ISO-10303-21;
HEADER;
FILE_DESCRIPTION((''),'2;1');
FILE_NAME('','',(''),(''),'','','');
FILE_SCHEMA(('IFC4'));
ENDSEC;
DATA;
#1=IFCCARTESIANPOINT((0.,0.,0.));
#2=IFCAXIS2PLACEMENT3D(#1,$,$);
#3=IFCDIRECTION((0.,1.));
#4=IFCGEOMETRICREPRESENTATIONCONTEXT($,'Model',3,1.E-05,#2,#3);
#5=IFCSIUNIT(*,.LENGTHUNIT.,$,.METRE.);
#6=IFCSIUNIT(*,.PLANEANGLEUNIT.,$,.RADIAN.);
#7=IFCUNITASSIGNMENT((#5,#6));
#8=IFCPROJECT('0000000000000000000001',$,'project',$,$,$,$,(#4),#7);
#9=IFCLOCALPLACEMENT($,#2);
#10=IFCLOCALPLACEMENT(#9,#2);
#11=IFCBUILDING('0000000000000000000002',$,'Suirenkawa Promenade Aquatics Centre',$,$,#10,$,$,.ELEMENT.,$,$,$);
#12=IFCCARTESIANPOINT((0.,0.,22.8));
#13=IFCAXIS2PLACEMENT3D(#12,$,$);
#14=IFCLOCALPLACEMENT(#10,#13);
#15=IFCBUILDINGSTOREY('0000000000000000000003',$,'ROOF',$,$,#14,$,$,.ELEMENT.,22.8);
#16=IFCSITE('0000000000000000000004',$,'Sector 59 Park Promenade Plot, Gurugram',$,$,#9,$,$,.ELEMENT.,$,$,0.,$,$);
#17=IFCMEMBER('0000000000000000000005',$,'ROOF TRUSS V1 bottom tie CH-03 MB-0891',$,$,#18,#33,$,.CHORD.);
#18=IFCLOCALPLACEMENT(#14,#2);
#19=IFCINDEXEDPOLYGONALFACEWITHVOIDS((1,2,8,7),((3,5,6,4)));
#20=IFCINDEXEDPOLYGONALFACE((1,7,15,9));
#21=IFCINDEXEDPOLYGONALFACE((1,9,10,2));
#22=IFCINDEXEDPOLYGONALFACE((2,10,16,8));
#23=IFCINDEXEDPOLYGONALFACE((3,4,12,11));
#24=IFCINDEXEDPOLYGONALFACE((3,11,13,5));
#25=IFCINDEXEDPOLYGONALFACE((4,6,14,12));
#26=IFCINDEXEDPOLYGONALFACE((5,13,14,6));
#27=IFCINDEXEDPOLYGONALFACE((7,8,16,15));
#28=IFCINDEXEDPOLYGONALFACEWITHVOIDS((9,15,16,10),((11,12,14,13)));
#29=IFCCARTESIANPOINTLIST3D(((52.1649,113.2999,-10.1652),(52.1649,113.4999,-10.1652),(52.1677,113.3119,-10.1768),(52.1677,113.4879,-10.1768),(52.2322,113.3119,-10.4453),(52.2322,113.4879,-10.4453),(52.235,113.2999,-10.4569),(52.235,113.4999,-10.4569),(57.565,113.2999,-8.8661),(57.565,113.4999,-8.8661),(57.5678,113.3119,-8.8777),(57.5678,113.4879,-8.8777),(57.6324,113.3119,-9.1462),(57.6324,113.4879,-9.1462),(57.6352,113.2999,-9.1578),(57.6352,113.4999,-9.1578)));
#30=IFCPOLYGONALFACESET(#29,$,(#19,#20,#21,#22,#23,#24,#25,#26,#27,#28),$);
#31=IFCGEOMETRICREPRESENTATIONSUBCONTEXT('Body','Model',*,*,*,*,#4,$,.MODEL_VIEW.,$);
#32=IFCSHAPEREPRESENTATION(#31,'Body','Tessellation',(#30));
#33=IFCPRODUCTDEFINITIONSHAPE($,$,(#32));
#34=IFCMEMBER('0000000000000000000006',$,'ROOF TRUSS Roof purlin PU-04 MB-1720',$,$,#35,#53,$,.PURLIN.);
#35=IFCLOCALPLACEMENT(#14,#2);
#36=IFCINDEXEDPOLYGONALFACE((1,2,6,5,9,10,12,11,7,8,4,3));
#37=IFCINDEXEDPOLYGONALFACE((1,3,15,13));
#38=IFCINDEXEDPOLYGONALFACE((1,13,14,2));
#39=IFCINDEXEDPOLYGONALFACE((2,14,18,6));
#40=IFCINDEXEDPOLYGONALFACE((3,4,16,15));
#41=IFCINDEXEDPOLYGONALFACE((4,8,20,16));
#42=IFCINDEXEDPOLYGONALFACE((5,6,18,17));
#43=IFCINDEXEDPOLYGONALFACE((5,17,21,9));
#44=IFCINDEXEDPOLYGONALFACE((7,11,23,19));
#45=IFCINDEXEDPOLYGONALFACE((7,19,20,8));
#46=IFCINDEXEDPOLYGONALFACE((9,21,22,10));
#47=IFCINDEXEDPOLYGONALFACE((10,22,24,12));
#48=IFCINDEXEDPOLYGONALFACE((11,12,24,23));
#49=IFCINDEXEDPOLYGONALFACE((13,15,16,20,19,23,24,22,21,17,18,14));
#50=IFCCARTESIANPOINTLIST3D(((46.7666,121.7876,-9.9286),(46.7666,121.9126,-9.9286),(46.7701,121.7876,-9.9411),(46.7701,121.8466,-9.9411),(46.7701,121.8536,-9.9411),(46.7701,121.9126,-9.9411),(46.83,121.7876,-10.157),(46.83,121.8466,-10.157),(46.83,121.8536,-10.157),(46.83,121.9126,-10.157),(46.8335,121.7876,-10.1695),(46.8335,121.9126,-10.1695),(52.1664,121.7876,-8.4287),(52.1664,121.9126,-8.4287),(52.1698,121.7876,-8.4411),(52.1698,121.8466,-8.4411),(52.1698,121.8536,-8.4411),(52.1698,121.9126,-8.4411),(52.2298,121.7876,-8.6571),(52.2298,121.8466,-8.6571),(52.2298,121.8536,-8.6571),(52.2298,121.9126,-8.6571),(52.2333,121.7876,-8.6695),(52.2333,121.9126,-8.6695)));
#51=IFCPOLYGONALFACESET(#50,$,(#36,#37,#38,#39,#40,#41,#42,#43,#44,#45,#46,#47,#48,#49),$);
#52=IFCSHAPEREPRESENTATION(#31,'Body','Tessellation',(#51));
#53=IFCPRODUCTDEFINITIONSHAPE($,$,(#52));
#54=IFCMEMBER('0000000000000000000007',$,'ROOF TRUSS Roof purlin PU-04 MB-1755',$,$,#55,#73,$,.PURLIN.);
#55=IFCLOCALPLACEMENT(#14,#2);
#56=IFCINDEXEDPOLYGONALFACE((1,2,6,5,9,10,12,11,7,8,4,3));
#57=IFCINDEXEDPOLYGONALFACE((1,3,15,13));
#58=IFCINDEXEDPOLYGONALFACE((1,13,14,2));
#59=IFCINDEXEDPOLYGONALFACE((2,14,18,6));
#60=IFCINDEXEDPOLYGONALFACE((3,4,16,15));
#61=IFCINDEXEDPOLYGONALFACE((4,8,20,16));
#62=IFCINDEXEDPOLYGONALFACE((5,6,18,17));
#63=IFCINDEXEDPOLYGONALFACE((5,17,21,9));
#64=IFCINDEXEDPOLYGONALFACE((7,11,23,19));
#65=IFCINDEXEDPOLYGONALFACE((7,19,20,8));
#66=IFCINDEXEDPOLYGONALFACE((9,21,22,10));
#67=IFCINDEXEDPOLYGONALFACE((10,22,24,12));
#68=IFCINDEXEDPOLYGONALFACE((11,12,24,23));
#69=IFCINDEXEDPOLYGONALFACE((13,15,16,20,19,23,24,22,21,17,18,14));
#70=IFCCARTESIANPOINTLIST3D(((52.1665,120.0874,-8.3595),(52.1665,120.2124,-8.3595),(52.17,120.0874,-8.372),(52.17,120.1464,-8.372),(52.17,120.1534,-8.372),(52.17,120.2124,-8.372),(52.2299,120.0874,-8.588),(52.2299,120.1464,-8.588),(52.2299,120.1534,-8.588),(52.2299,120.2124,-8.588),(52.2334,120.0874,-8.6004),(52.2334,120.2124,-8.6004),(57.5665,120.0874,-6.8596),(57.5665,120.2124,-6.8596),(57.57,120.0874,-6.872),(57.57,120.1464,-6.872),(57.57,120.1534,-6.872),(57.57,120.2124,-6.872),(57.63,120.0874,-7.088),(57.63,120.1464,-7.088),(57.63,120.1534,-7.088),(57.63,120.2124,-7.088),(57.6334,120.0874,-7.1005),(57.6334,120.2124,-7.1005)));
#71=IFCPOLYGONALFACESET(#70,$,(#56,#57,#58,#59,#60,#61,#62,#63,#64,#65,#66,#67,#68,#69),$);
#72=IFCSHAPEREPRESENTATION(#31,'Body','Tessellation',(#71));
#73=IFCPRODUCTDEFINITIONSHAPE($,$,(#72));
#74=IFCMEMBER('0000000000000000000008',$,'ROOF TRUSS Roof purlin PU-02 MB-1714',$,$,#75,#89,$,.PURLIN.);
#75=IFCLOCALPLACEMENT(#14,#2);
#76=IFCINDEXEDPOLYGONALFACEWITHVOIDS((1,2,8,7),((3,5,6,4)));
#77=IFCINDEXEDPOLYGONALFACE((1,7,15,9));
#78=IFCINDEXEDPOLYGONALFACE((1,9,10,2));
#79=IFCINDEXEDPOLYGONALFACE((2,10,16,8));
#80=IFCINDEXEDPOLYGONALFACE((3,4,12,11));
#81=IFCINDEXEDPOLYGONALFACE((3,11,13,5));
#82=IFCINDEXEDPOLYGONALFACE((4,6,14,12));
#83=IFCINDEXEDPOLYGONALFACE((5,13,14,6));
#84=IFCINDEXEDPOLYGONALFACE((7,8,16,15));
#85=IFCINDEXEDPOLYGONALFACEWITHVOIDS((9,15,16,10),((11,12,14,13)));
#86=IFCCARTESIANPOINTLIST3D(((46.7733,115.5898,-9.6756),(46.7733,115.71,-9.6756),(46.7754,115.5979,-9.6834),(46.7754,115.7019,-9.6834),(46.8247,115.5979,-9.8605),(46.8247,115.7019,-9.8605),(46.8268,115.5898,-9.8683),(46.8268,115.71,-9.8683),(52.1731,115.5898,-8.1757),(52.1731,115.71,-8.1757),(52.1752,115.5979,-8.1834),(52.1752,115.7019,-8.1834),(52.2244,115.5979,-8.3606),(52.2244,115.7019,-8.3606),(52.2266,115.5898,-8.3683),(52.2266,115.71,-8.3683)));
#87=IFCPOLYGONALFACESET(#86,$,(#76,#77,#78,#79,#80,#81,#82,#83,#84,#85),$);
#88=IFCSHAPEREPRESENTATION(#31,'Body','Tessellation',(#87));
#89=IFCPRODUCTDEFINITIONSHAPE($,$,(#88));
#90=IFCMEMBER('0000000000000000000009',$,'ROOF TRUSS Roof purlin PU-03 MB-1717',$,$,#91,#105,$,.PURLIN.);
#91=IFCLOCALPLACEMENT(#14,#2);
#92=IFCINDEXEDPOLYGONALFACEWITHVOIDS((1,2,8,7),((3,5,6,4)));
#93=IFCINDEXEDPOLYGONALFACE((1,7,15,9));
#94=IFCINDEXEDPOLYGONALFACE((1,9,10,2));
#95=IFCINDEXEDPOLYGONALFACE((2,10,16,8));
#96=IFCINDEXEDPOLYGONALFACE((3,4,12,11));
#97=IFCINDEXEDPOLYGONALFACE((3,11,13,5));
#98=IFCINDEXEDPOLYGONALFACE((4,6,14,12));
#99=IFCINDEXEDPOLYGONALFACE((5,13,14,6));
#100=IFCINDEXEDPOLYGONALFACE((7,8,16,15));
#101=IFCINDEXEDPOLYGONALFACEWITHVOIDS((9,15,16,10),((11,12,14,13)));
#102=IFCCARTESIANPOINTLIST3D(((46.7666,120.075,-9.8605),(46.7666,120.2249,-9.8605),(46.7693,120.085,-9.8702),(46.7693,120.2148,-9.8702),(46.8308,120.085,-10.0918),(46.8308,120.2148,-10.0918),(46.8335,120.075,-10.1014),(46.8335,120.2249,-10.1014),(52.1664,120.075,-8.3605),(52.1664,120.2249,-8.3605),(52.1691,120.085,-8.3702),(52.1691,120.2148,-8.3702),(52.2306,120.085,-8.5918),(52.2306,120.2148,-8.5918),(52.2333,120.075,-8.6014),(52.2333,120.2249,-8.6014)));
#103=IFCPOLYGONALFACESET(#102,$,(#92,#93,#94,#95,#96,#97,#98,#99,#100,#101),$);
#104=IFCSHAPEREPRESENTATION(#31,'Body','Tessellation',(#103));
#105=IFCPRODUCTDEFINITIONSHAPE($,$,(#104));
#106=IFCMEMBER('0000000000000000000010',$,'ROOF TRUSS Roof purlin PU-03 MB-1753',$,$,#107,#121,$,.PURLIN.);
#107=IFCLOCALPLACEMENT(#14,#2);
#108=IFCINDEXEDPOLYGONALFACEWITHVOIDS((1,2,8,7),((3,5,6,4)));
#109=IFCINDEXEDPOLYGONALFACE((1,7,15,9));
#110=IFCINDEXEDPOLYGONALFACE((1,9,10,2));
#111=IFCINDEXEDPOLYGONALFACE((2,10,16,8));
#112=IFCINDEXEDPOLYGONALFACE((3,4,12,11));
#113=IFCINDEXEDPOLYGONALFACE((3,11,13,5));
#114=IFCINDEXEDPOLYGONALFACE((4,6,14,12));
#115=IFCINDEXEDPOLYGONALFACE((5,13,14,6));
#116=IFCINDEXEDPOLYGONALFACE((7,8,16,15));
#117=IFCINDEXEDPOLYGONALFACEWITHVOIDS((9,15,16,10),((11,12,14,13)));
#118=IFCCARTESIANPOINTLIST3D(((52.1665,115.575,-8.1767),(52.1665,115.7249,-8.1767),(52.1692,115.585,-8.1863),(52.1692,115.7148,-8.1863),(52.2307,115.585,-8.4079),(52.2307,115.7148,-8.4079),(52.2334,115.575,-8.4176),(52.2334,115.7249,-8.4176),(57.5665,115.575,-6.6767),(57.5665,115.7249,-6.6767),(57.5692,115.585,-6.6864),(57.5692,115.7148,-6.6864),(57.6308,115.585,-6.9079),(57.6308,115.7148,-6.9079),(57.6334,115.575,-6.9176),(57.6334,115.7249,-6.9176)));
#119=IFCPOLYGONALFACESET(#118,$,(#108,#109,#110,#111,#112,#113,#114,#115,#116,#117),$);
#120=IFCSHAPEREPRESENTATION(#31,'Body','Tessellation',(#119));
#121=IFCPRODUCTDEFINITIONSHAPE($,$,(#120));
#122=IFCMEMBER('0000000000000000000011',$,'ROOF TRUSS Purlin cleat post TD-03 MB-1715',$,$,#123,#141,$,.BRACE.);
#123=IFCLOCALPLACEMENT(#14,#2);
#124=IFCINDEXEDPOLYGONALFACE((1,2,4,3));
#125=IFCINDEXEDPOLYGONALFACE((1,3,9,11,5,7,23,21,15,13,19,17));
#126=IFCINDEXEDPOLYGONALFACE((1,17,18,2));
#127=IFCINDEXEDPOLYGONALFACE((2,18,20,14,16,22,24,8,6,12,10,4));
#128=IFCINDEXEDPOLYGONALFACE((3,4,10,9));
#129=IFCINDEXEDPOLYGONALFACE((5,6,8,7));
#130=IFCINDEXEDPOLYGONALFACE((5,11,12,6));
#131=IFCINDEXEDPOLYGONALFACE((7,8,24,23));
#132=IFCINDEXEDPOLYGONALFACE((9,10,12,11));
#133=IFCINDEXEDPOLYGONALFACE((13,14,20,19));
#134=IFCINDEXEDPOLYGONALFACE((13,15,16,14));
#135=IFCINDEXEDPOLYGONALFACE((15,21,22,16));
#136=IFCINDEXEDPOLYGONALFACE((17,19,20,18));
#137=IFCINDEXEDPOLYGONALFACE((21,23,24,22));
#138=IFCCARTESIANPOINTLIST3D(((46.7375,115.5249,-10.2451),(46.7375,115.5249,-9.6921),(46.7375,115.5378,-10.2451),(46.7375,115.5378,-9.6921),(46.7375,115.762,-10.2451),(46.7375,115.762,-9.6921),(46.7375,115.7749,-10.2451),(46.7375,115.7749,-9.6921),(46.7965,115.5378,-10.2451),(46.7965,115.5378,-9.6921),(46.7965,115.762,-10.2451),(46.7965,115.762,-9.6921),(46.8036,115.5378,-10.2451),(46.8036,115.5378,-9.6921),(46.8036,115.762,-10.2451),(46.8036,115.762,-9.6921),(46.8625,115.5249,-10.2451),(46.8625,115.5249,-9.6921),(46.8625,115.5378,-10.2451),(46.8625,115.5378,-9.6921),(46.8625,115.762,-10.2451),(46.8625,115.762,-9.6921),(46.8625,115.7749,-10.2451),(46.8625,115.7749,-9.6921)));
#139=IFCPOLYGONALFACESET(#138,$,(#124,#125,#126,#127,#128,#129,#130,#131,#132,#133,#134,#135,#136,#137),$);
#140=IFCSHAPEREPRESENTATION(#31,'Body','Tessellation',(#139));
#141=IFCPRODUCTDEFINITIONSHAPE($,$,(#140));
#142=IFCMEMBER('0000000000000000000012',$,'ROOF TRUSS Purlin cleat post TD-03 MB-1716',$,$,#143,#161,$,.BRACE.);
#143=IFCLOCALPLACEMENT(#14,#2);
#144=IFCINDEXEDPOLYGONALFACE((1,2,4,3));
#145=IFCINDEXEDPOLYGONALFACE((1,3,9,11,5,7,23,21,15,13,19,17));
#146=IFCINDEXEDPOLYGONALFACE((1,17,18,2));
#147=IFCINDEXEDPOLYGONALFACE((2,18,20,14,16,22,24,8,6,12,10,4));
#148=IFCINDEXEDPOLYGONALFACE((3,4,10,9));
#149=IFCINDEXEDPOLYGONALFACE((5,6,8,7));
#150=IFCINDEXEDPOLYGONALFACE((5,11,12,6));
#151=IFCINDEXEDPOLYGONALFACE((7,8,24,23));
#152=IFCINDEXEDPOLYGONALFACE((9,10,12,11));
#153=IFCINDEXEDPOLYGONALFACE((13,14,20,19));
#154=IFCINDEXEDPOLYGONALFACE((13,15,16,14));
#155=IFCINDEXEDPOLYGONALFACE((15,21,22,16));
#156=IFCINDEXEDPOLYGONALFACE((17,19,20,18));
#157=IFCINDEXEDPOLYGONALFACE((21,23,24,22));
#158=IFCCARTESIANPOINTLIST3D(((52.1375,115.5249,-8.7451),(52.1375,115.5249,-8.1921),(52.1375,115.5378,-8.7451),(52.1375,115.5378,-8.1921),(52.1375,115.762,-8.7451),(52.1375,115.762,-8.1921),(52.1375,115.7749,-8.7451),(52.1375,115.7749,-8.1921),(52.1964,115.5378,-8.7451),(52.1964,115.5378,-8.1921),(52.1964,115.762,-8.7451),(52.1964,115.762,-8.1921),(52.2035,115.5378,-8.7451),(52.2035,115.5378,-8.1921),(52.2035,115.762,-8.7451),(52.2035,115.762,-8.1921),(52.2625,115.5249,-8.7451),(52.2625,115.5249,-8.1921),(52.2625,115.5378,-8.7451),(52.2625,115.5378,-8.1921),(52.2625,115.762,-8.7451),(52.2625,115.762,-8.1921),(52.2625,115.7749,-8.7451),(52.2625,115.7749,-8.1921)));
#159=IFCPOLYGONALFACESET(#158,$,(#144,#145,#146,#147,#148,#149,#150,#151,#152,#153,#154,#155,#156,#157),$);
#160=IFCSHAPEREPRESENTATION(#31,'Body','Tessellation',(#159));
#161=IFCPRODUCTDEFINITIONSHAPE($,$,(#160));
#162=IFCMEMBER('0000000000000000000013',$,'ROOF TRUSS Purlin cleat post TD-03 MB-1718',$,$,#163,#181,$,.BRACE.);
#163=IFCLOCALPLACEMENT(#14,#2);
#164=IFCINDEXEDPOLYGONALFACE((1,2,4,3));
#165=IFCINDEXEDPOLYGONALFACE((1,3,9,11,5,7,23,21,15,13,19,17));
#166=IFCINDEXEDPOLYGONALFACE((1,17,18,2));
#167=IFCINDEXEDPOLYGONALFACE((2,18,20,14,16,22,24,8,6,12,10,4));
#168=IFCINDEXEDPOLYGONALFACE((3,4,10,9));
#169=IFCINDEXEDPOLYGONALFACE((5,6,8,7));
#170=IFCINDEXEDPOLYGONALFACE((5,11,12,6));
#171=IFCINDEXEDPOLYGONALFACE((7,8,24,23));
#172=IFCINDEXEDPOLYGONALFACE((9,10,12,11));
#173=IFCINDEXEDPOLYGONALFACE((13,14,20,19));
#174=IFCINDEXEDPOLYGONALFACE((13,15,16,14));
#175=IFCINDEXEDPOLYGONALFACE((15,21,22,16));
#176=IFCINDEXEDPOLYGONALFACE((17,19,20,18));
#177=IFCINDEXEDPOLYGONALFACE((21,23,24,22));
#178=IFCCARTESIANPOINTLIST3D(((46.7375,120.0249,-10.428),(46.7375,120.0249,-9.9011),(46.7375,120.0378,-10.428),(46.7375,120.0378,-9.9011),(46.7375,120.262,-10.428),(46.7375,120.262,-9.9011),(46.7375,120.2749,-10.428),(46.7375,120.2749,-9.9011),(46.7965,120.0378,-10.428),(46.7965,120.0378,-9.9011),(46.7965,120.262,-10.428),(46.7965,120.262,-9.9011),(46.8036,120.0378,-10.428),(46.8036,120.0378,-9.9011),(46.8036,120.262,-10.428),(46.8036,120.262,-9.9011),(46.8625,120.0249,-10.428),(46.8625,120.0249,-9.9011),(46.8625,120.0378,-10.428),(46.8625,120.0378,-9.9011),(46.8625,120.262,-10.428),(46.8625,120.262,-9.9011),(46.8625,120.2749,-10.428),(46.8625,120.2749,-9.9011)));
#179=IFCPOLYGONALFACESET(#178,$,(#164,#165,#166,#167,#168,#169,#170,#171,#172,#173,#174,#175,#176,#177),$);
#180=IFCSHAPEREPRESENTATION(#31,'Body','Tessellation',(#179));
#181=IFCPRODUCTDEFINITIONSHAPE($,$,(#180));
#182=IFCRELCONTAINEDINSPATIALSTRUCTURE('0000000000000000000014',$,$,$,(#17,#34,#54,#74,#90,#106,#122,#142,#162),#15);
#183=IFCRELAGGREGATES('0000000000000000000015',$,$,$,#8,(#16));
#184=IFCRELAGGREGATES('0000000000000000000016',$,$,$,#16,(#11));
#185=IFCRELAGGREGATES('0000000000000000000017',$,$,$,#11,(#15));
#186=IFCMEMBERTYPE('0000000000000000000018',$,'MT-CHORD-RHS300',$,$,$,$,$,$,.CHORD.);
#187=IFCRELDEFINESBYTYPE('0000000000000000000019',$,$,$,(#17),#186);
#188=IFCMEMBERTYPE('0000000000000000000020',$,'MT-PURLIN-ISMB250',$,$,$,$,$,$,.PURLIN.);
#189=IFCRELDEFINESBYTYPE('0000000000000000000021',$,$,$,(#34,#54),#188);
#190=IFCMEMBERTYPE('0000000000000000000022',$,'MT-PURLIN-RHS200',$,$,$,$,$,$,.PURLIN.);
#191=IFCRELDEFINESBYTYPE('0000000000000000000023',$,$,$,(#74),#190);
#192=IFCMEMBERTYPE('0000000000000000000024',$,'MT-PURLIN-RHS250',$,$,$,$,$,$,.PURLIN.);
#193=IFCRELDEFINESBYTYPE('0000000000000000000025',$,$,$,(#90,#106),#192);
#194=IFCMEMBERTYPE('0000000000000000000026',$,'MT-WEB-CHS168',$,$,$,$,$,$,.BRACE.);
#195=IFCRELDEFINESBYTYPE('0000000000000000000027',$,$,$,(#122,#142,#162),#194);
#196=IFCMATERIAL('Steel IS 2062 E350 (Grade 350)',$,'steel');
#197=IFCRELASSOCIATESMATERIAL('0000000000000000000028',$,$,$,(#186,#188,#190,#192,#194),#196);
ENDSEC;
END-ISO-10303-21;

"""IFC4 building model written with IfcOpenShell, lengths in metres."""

from ifc_helpers import new_model, si_unit, direction, frame, origin, origin_2d, place, context, subcontext, project, spatial, hollow_rectangle, i_section, extrude, material, material_profile, profile_set, type_object, element, save


model = new_model("IFC4")

# Units and contexts
model_context = context("Model", 3, precision=1e-05, world=origin(), true_north=direction((0.0, 1.0)))
body_context = subcontext(model_context, "Body", "Model", "MODEL_VIEW")
ifc_project = project(units=[si_unit("LENGTHUNIT", "METRE"), si_unit("PLANEANGLEUNIT", "RADIAN")], contexts=[model_context])

# Site, building, storey
site_placement = place(None, origin())
site = spatial("IfcSite", under=ifc_project, at=site_placement, Name="Sector 59 Park Promenade Plot, Gurugram", CompositionType="ELEMENT", RefElevation=0.0)
building_placement = place(site_placement, origin())
building = spatial("IfcBuilding", under=site, at=building_placement, Name="Suirenkawa Promenade Aquatics Centre", CompositionType="ELEMENT")
storey_placement = place(building_placement, frame((0.0, 0.0, 22.8)))
storey = spatial("IfcBuildingStorey", under=building, at=storey_placement, Name="ROOF", CompositionType="ELEMENT", Elevation=22.8)

# Shared definitions
ifc_material = material(Name="Steel IS 2062 E350 (Grade 350)", Category="steel")

# Members
ifc_material_profile_1 = material_profile(ifc_material, hollow_rectangle(XDim=0.2, YDim=0.3, WallThickness=0.012, at=origin_2d()), Name="RHS 300x200x12", Category="steel")
ifc_profile_set_1 = profile_set([ifc_material_profile_1], Name="Steel IS 2062 E350 (Grade 350)")
member_type_1 = type_object("IfcMemberType", Name="MT-CHORD-RHS300", PredefinedType="CHORD", material=ifc_profile_set_1)
member_1_placement = place(storey_placement, frame((52.2, 113.3999, -10.311), z_axis=(0.972263, 0.0, 0.23389), x_axis=(0.0, 1.0, 0.0)))
element("IfcMember", 1, at=member_1_placement, inside=storey, type_object=member_type_1, Name="ROOF TRUSS V1 bottom tie CH-03 MB-0891", PredefinedType="CHORD", context=body_context, shape_type="SweptSolid", body=[
    extrude(hollow_rectangle(XDim=0.2, YDim=0.3, WallThickness=0.012, at=origin_2d()), origin(), (0.0, 0.0, 1.0), 5.5542),
])
ifc_material_profile_2 = material_profile(ifc_material, i_section(OverallWidth=0.125, OverallDepth=0.25, WebThickness=0.0071, FlangeThickness=0.0129, at=origin_2d()), Name="ISMB 250", Category="steel")
ifc_profile_set_2 = profile_set([ifc_material_profile_2], Name="Steel IS 2062 E350 (Grade 350)")
member_type_2 = type_object("IfcMemberType", Name="MT-PURLIN-ISMB250", PredefinedType="PURLIN", material=ifc_profile_set_2)
member_2_placement = place(storey_placement, frame((46.8, 121.8501, -10.0491), z_axis=(0.963517, 0.0, 0.267648), x_axis=(0.0, 1.0, 0.0)))
element("IfcMember", 2, at=member_2_placement, inside=storey, type_object=member_type_2, Name="ROOF TRUSS Roof purlin PU-04 MB-1720", PredefinedType="PURLIN", context=body_context, shape_type="SweptSolid", body=[
    extrude(i_section(OverallWidth=0.125, OverallDepth=0.25, WebThickness=0.0071, FlangeThickness=0.0129, at=origin_2d()), origin(), (0.0, 0.0, 1.0), 5.6042),
])
member_3_placement = place(storey_placement, frame((52.2, 120.1499, -8.48), z_axis=(0.96352, 0.0, 0.267637), x_axis=(0.0, 1.0, 0.0)))
element("IfcMember", 3, at=member_3_placement, inside=storey, type_object=member_type_2, Name="ROOF TRUSS Roof purlin PU-04 MB-1755", PredefinedType="PURLIN", context=body_context, shape_type="SweptSolid", body=[
    extrude(i_section(OverallWidth=0.125, OverallDepth=0.25, WebThickness=0.0071, FlangeThickness=0.0129, at=origin_2d()), origin(), (0.0, 0.0, 1.0), 5.6045),
])
ifc_material_profile_3 = material_profile(ifc_material, hollow_rectangle(XDim=0.1201, YDim=0.2, WallThickness=0.0081, at=origin_2d()), Name="RHS 200x120x8", Category="steel")
ifc_profile_set_3 = profile_set([ifc_material_profile_3], Name="Steel IS 2062 E350 (Grade 350)")
member_type_3 = type_object("IfcMemberType", Name="MT-PURLIN-RHS200", PredefinedType="PURLIN", material=ifc_profile_set_3)
member_4_placement = place(storey_placement, frame((46.8, 115.6499, -9.772), z_axis=(0.963517, 0.0, 0.267648), x_axis=(0.0, 1.0, 0.0)))
element("IfcMember", 4, at=member_4_placement, inside=storey, type_object=member_type_3, Name="ROOF TRUSS Roof purlin PU-02 MB-1714", PredefinedType="PURLIN", context=body_context, shape_type="SweptSolid", body=[
    extrude(hollow_rectangle(XDim=0.1201, YDim=0.2, WallThickness=0.0081, at=origin_2d()), origin(), (0.0, 0.0, 1.0), 5.6042),
])
ifc_material_profile_4 = material_profile(ifc_material, hollow_rectangle(XDim=0.1499, YDim=0.25, WallThickness=0.01, at=origin_2d()), Name="RHS 250x150x10", Category="steel")
ifc_profile_set_4 = profile_set([ifc_material_profile_4], Name="Steel IS 2062 E350 (Grade 350)")
member_type_4 = type_object("IfcMemberType", Name="MT-PURLIN-RHS250", PredefinedType="PURLIN", material=ifc_profile_set_4)
member_5_placement = place(storey_placement, frame((46.8, 120.1499, -9.981), z_axis=(0.963517, 0.0, 0.267648), x_axis=(0.0, 1.0, 0.0)))
element("IfcMember", 5, at=member_5_placement, inside=storey, type_object=member_type_4, Name="ROOF TRUSS Roof purlin PU-03 MB-1717", PredefinedType="PURLIN", context=body_context, shape_type="SweptSolid", body=[
    extrude(hollow_rectangle(XDim=0.1499, YDim=0.25, WallThickness=0.01, at=origin_2d()), origin(), (0.0, 0.0, 1.0), 5.6042),
])
member_6_placement = place(storey_placement, frame((52.2, 115.6499, -8.2971), z_axis=(0.96352, 0.0, 0.267637), x_axis=(0.0, 1.0, 0.0)))
element("IfcMember", 6, at=member_6_placement, inside=storey, type_object=member_type_4, Name="ROOF TRUSS Roof purlin PU-03 MB-1753", PredefinedType="PURLIN", context=body_context, shape_type="SweptSolid", body=[
    extrude(hollow_rectangle(XDim=0.1499, YDim=0.25, WallThickness=0.01, at=origin_2d()), origin(), (0.0, 0.0, 1.0), 5.6045),
])
ifc_material_profile_5 = material_profile(ifc_material, i_section(OverallWidth=0.125, OverallDepth=0.25, WebThickness=0.0071, FlangeThickness=0.0129, at=origin_2d()), Name="ISMB 250", Category="steel")
ifc_profile_set_5 = profile_set([ifc_material_profile_5], Name="Steel IS 2062 E350 (Grade 350)")
member_type_5 = type_object("IfcMemberType", Name="MT-WEB-CHS168", PredefinedType="BRACE", material=ifc_profile_set_5)
for number, where, z_axis, x_axis, name in (
    (7, (46.8, 115.6499, -10.2451), (0.0, 0.0, 1.0), (1.0, 0.0, 0.0), "ROOF TRUSS Purlin cleat post TD-03 MB-1715"),
    (8, (52.2, 115.6499, -8.7451), (0.0, 0.0, 1.0), (1.0, 0.0, 0.0), "ROOF TRUSS Purlin cleat post TD-03 MB-1716"),
):
    element("IfcMember", number, at=place(storey_placement, frame(where, z_axis=z_axis, x_axis=x_axis)), inside=storey, type_object=member_type_5, Name=name, PredefinedType="BRACE", context=body_context, shape_type="SweptSolid", body=[
        extrude(i_section(OverallWidth=0.125, OverallDepth=0.25, WebThickness=0.0071, FlangeThickness=0.0129, at=origin_2d()), origin(), (0.0, 0.0, 1.0), 0.553),
    ])
for number, where, z_axis, x_axis, name in (
    (9, (46.8, 120.1499, -10.428), (0.0, 0.0, 1.0), (1.0, 0.0, 0.0), "ROOF TRUSS Purlin cleat post TD-03 MB-1718"),
):
    element("IfcMember", number, at=place(storey_placement, frame(where, z_axis=z_axis, x_axis=x_axis)), inside=storey, type_object=member_type_5, Name=name, PredefinedType="BRACE", context=body_context, shape_type="SweptSolid", body=[
        extrude(i_section(OverallWidth=0.125, OverallDepth=0.25, WebThickness=0.0071, FlangeThickness=0.0129, at=origin_2d()), origin(), (0.0, 0.0, 1.0), 0.5269),
    ])

save(model, "model.ifc")
